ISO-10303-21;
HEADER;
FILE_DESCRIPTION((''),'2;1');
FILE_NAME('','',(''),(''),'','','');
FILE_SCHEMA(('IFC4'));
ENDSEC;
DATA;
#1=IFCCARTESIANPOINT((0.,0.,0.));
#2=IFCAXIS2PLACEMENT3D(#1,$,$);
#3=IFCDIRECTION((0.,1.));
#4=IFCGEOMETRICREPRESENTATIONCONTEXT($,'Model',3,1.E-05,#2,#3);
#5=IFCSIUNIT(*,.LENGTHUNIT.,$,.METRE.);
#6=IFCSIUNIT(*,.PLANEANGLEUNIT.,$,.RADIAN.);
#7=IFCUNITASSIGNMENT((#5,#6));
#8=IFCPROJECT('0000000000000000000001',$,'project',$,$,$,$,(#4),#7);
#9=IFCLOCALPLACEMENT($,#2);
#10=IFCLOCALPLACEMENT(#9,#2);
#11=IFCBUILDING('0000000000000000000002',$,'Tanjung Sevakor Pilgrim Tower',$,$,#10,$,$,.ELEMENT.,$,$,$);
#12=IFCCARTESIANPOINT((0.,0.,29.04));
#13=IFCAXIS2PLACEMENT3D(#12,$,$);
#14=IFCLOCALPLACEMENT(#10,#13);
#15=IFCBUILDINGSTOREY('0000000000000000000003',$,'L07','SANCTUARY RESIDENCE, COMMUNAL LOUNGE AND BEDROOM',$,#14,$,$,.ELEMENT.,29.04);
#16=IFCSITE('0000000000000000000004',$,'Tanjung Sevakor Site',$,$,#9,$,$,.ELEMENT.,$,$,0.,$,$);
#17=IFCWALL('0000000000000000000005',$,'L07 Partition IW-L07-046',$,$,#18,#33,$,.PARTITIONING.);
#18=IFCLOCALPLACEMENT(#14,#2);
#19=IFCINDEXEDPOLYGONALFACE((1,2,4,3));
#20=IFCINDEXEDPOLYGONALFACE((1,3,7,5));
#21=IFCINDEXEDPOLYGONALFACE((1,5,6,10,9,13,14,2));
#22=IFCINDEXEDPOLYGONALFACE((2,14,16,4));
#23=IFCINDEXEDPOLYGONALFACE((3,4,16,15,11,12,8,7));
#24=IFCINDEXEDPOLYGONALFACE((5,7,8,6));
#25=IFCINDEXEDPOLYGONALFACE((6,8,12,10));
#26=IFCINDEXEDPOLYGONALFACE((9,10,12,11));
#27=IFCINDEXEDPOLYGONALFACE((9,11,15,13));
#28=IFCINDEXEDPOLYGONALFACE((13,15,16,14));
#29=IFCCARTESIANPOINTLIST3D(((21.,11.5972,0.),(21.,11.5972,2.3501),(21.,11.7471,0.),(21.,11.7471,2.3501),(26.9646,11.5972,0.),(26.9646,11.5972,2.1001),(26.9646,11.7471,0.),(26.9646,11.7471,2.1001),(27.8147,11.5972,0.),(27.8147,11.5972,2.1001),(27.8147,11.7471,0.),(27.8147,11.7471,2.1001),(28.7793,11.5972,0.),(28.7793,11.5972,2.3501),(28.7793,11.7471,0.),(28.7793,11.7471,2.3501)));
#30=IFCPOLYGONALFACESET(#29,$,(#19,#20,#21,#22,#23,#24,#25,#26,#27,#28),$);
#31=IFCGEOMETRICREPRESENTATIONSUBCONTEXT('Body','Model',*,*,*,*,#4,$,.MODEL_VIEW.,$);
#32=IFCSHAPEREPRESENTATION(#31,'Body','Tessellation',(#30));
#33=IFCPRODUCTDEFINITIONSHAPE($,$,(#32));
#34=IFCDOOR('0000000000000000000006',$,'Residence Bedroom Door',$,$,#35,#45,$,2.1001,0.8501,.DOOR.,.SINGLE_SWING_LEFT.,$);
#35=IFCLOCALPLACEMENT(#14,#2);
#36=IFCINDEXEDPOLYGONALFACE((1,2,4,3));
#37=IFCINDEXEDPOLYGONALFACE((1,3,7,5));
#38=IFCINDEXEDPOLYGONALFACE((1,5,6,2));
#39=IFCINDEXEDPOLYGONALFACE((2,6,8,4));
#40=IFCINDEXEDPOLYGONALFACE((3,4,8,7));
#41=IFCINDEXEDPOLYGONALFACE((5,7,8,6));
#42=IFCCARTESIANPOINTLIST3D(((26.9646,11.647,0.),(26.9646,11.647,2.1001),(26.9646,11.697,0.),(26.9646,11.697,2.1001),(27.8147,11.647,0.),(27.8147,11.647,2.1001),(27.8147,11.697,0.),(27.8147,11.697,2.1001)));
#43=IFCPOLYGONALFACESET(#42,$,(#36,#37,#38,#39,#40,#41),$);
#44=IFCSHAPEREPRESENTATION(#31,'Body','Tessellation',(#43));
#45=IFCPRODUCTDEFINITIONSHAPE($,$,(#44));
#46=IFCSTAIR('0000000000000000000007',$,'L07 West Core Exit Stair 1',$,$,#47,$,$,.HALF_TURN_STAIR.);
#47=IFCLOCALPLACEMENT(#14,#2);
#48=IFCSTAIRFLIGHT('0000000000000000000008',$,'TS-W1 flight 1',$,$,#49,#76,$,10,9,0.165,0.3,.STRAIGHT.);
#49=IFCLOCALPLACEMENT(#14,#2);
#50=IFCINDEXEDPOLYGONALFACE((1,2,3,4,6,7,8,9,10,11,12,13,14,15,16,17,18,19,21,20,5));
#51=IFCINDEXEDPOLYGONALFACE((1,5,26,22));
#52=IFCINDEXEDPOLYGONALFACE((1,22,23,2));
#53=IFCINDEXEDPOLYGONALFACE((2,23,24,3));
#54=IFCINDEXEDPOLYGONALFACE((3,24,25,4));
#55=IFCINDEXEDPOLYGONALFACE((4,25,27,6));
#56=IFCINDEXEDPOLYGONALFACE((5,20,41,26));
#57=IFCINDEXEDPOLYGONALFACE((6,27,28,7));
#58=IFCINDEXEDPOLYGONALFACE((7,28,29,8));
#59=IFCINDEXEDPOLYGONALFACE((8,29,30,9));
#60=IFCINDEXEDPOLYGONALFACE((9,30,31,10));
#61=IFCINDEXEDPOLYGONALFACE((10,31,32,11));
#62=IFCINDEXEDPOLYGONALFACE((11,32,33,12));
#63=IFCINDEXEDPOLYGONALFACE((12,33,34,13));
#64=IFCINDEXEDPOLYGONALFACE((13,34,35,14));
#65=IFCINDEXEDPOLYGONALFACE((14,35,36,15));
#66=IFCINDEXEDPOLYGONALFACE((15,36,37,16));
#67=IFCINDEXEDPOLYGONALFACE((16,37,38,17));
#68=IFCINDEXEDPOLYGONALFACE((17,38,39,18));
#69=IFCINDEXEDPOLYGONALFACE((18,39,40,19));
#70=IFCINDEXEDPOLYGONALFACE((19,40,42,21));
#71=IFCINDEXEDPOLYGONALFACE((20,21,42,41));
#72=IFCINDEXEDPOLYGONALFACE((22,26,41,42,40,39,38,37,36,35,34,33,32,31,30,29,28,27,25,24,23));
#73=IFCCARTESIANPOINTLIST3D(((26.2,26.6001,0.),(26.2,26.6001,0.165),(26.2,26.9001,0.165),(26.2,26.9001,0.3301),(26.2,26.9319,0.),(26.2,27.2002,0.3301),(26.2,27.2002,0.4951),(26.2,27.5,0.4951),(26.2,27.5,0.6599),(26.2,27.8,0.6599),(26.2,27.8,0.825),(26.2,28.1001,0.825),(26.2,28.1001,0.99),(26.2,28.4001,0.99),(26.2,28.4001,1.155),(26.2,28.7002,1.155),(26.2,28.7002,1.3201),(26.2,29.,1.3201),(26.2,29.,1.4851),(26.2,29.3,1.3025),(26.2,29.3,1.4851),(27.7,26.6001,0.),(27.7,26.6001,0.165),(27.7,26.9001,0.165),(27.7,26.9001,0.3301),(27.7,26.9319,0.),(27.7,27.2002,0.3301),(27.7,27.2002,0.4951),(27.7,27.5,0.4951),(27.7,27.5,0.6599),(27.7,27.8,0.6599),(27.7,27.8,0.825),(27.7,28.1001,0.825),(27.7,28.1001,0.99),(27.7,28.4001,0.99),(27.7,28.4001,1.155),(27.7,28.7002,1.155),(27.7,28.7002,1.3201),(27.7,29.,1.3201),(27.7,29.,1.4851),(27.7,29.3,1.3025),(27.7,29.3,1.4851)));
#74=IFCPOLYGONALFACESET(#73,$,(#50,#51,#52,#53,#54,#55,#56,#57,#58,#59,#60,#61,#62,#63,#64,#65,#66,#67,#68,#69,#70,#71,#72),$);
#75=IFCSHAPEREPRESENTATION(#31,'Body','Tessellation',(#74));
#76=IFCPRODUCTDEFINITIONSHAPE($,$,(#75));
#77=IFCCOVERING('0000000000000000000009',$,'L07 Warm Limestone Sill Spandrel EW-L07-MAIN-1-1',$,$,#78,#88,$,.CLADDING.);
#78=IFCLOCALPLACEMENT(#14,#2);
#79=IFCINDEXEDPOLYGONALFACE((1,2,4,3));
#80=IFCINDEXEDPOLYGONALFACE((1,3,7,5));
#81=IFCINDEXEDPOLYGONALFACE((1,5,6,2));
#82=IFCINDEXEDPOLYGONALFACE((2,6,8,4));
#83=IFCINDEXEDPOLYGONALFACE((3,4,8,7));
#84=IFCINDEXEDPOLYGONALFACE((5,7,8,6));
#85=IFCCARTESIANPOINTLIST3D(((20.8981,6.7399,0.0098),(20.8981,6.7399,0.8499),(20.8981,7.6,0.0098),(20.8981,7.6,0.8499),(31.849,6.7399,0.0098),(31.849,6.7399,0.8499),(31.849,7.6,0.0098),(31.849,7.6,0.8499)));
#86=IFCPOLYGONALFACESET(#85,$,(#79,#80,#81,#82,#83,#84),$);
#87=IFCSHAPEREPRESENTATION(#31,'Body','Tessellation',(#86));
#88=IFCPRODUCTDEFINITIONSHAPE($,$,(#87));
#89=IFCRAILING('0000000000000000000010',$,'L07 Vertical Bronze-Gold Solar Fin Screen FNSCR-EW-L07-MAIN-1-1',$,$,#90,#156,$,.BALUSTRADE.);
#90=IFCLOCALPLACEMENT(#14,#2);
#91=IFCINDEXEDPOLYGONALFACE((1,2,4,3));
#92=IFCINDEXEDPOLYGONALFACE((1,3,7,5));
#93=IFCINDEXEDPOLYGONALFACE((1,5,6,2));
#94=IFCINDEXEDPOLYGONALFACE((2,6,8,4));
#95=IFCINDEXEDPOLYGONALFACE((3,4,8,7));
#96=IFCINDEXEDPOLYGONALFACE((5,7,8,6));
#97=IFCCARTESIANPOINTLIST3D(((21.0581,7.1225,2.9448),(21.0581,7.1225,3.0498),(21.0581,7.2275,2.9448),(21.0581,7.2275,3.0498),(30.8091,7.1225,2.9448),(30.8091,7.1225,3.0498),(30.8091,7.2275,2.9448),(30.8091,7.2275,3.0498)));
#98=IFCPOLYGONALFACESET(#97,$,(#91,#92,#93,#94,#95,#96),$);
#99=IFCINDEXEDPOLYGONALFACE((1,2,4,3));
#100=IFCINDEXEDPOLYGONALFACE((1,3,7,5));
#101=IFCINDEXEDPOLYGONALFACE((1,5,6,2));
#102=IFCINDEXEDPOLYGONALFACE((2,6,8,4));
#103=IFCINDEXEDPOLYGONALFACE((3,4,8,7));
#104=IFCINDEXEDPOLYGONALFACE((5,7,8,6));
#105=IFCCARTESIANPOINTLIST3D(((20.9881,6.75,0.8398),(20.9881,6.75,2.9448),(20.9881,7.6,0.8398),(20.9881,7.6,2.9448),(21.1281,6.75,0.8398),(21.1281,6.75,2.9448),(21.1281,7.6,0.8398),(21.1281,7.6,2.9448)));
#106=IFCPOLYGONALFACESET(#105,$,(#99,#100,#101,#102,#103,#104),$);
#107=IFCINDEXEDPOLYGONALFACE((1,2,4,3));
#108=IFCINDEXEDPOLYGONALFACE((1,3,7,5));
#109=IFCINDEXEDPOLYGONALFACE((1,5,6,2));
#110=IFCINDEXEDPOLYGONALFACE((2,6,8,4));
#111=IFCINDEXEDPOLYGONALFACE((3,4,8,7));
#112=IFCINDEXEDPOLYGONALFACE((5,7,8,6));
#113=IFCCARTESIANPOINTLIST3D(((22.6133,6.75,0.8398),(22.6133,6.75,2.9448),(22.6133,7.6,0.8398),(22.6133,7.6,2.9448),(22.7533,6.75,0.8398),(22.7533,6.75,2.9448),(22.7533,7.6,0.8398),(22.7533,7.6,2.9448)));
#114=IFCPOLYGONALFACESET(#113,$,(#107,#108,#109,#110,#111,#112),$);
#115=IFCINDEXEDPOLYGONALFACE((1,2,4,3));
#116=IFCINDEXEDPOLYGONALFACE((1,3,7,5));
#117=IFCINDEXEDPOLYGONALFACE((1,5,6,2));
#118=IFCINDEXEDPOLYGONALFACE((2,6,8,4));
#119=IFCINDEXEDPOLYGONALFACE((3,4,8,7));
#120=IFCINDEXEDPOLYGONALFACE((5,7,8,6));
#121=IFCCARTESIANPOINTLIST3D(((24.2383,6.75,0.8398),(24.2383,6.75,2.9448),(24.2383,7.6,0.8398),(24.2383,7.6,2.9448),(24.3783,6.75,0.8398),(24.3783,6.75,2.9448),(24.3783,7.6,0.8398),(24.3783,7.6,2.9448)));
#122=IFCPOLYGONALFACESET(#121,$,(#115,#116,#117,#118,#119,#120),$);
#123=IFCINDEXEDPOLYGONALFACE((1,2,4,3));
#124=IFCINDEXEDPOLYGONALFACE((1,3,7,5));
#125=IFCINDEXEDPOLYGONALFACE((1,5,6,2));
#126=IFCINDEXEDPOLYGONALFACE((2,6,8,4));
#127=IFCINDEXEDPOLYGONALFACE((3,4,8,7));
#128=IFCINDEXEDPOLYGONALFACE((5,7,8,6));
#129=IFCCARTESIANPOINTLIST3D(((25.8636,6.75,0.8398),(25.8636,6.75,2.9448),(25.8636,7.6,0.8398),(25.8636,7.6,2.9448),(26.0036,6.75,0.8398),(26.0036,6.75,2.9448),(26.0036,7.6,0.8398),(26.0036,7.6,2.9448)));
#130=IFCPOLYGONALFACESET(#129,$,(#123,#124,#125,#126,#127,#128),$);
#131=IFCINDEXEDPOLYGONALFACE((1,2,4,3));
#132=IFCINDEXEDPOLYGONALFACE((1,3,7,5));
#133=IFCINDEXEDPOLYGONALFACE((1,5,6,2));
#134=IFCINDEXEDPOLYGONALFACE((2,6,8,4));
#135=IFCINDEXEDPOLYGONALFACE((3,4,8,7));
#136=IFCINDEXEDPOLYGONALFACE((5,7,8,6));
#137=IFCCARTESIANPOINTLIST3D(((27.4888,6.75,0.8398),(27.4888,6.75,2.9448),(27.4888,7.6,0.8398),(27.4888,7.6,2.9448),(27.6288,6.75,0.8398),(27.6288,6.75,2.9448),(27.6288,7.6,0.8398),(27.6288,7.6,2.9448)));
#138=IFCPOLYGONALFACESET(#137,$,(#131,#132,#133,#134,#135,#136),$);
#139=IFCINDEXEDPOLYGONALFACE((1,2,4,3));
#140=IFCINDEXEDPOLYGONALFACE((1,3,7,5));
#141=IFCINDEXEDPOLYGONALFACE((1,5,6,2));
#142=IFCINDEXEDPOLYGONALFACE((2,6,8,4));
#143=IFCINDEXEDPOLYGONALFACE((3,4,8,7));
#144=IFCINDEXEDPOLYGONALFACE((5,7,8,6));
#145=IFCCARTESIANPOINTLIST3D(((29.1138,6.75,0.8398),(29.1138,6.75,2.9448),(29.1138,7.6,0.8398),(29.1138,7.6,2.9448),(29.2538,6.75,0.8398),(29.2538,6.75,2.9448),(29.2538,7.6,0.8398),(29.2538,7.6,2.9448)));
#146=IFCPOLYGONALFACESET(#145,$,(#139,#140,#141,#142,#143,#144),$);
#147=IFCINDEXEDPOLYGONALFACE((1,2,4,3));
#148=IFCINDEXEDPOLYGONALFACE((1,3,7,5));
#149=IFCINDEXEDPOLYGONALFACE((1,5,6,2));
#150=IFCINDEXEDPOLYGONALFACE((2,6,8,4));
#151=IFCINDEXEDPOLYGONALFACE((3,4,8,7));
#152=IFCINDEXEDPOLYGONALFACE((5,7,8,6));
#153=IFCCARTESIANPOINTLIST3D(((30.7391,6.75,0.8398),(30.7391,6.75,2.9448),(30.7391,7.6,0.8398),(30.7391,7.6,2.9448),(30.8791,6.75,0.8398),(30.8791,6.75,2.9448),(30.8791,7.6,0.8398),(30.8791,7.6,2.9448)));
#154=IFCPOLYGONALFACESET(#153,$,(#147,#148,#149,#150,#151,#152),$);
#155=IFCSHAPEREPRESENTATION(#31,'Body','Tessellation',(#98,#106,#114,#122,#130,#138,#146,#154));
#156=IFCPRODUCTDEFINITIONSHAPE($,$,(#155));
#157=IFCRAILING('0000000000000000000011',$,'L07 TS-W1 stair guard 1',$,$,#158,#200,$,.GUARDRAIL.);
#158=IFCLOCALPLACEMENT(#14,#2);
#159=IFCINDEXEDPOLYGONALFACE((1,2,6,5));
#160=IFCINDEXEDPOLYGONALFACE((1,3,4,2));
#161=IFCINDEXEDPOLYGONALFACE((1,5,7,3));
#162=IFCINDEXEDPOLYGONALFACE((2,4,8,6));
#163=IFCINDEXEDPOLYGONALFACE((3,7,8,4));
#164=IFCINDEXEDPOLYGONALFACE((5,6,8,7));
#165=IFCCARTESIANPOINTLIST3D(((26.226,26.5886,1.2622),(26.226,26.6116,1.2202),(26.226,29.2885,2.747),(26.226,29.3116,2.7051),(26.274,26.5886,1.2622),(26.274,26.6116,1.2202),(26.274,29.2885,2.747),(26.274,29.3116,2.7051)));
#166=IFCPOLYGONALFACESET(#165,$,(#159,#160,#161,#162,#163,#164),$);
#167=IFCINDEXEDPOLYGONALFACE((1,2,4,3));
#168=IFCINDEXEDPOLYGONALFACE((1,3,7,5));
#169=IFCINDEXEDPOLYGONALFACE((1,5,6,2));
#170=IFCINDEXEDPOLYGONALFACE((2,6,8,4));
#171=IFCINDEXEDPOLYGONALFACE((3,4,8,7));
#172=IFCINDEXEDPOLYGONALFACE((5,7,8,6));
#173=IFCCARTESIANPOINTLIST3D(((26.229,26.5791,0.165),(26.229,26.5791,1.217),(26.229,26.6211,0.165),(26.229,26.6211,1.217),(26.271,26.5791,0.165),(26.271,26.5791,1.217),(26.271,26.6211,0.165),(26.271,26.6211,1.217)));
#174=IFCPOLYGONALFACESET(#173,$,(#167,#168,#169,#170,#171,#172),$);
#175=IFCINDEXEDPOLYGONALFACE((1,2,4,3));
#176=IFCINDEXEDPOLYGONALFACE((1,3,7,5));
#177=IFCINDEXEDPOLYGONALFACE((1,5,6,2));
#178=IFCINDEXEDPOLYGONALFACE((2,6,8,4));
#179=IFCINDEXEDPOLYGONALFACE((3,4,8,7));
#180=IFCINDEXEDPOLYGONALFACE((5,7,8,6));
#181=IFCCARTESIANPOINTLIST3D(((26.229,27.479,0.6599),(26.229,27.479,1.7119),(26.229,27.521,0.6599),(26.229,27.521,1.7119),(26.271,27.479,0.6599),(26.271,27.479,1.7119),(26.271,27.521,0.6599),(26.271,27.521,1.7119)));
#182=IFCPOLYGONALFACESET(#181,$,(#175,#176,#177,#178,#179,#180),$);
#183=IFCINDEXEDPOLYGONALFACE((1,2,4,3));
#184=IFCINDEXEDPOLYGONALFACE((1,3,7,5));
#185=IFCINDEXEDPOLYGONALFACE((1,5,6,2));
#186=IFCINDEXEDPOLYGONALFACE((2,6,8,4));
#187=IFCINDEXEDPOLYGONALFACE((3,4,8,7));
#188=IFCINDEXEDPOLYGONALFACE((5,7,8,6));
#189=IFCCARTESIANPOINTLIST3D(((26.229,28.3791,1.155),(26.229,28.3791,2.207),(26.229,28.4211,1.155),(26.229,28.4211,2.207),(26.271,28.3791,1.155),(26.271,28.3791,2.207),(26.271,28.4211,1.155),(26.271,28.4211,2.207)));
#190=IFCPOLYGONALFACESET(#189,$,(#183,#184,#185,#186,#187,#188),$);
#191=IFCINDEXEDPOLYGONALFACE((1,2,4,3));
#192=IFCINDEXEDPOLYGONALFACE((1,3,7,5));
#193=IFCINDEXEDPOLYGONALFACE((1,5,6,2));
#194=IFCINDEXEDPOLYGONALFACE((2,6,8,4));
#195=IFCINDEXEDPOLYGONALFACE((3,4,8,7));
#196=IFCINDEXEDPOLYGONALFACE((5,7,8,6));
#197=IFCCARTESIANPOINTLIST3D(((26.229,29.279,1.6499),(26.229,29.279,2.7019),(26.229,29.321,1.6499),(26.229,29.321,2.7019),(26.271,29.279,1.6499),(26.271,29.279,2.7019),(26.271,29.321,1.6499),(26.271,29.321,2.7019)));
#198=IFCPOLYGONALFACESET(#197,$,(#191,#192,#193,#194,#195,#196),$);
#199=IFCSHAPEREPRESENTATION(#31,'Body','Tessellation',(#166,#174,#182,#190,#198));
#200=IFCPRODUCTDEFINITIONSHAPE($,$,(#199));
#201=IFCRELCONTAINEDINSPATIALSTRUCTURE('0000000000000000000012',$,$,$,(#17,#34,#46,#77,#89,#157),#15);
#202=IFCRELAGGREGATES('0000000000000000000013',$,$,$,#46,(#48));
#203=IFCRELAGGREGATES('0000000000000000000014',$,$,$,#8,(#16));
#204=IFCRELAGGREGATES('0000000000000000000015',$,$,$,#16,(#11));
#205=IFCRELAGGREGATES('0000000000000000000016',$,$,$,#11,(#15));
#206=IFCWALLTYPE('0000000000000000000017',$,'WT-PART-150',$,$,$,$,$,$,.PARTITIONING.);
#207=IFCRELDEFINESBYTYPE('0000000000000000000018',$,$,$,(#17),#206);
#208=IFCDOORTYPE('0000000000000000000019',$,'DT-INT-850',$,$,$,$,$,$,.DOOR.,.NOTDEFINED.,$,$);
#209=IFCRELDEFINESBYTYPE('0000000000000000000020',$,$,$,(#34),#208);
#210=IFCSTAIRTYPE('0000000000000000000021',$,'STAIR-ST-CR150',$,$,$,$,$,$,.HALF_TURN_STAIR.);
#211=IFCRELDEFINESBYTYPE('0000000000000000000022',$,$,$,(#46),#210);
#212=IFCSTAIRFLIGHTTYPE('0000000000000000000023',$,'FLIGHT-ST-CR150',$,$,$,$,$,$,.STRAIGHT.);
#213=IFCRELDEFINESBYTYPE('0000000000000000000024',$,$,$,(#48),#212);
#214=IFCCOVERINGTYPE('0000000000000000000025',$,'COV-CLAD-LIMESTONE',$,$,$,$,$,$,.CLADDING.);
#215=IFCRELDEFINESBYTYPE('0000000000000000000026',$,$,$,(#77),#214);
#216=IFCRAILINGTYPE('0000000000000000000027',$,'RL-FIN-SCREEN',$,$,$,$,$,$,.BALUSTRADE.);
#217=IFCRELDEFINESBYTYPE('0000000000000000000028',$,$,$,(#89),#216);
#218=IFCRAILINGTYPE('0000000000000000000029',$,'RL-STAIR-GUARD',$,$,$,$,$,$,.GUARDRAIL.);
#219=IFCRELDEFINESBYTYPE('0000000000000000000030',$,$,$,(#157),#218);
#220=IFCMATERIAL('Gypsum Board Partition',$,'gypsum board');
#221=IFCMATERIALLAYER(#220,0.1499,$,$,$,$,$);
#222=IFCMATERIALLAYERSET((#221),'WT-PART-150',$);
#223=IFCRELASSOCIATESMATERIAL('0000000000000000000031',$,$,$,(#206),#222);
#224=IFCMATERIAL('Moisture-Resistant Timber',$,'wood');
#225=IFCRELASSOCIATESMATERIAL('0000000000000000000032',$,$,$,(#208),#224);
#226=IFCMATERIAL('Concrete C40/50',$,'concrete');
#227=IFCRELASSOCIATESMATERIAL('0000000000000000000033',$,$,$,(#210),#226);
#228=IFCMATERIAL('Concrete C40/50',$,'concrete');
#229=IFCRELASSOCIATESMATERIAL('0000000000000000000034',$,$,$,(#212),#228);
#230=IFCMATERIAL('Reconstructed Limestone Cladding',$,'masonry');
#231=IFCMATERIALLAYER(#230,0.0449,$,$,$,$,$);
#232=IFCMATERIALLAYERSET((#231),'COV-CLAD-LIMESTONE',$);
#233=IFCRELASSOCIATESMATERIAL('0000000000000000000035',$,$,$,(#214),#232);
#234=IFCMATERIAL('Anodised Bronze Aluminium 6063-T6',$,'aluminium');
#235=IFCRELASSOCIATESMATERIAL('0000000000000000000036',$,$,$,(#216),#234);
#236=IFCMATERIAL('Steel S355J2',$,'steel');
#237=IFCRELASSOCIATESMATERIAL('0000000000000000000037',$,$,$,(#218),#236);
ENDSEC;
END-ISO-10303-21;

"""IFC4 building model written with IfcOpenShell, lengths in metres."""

from ifc_helpers import new_model, si_unit, direction, frame, frame_2d, origin, origin_2d, place, context, subcontext, project, spatial, polyline, rectangle, outline, extrude, material, layer, layer_set, type_object, element, fill, aggregate, save


model = new_model("IFC4")

# Units and contexts
model_context = context("Model", 3, precision=1e-05, world=origin(), true_north=direction((0.0, 1.0)))
body_context = subcontext(model_context, "Body", "Model", "MODEL_VIEW")
ifc_project = project(units=[si_unit("LENGTHUNIT", "METRE"), si_unit("PLANEANGLEUNIT", "RADIAN")], contexts=[model_context])

# Site, building, storey
site_placement = place(None, origin())
site = spatial("IfcSite", under=ifc_project, at=site_placement, Name="Tanjung Sevakor Site", CompositionType="ELEMENT", RefElevation=0.0)
building_placement = place(site_placement, origin())
building = spatial("IfcBuilding", under=site, at=building_placement, Name="Tanjung Sevakor Pilgrim Tower", CompositionType="ELEMENT")
storey_placement = place(building_placement, frame((0.0, 0.0, 29.04)))
storey = spatial("IfcBuildingStorey", under=building, at=storey_placement, Name="L07", Description="SANCTUARY RESIDENCE, COMMUNAL LOUNGE AND BEDROOM", CompositionType="ELEMENT", Elevation=29.04)

# Shared definitions
ifc_material_1 = material(Name="Gypsum Board Partition", Category="gypsum board")
ifc_layer_1 = layer(ifc_material_1, 0.1499)
ifc_layer_set_1 = layer_set([ifc_layer_1], Name="WT-PART-150")
wall_type_1 = type_object("IfcWallType", Name="WT-PART-150", PredefinedType="PARTITIONING", material=ifc_layer_set_1)

# Shared definitions
ifc_material_2 = material(Name="Moisture-Resistant Timber", Category="wood")
door_type_1 = type_object("IfcDoorType", Name="DT-INT-850", OperationType="NOTDEFINED", PredefinedType="DOOR", material=ifc_material_2)

# Wall, opening, door
wall_1_placement = place(storey_placement, frame((21.0, 11.6721, 0.0), z_axis=(0.0, 0.0, 1.0), x_axis=(1.0, 0.0, 0.0)))
wall_1 = element("IfcWall", 1, at=wall_1_placement, inside=storey, type_object=wall_type_1, Name="L07 Partition IW-L07-046", PredefinedType="PARTITIONING", context=body_context, shape_type="SweptSolid", body=[
    extrude(rectangle(XDim=7.7793, YDim=0.1499, at=frame_2d((3.8896, 0.0))), origin(), (0.0, 0.0, 1.0), 2.3501),
])
opening_1_placement = place(wall_1_placement, frame((5.9646, 0.0, 0.0)))
opening_1 = element("IfcOpeningElement", 2, at=opening_1_placement, cuts=wall_1, PredefinedType="OPENING", context=body_context, shape_type="SweptSolid", body=[
    extrude(rectangle(XDim=0.8501, YDim=2.1001, at=frame_2d((0.425, 1.05))), frame((0.0, 0.085, 0.0), z_axis=(0.0, -1.0, 0.0), x_axis=(1.0, 0.0, 0.0)), (0.0, 0.0, 1.0), 0.1699),
])
door_1_placement = place(opening_1_placement, origin())
door_1 = element("IfcDoor", 3, at=door_1_placement, inside=storey, type_object=door_type_1, Name="Residence Bedroom Door", OperationType="SINGLE_SWING_LEFT", OverallHeight=2.1001, OverallWidth=0.8501, PredefinedType="DOOR", context=body_context, shape_type="SweptSolid", body=[
    extrude(rectangle(XDim=0.8501, YDim=2.1001, at=frame_2d((0.425, 1.05))), frame((0.0, 0.0249, 0.0), z_axis=(0.0, -1.0, 0.0), x_axis=(1.0, 0.0, 0.0)), (0.0, 0.0, 1.0), 0.05),
])
fill(opening_1, door_1)

# Stair, stair flight
ifc_material_3 = material(Name="Concrete C40/50", Category="concrete")
stair_type = type_object("IfcStairType", Name="STAIR-ST-CR150", PredefinedType="HALF_TURN_STAIR", material=ifc_material_3)
stair_placement = place(storey_placement, origin())
stair = element("IfcStair", 4, at=stair_placement, inside=storey, type_object=stair_type, Name="L07 West Core Exit Stair 1", PredefinedType="HALF_TURN_STAIR")
ifc_material_4 = material(Name="Concrete C40/50", Category="concrete")
stair_flight_type = type_object("IfcStairFlightType", Name="FLIGHT-ST-CR150", PredefinedType="STRAIGHT", material=ifc_material_4)
stair_flight_placement = place(storey_placement, frame((26.95, 26.6001, 0.0), z_axis=(0.0, 0.0, 1.0), x_axis=(0.0, 1.0, 0.0)))
stair_flight = element("IfcStairFlight", 5, at=stair_flight_placement, type_object=stair_flight_type, Name="TS-W1 flight 1", NumberOfRisers=10, NumberOfTreads=9, PredefinedType="STRAIGHT", RiserHeight=0.165, TreadLength=0.3, context=body_context, shape_type="SweptSolid", body=[
    extrude(outline(polyline([(0.0, 0.0), (0.0, 0.165), (0.3, 0.165), (0.3, 0.3301), (0.6001, 0.3301), (0.6001, 0.4951), (0.8999, 0.4951), (0.8999, 0.6599), (1.2, 0.6599), (1.2, 0.825), (1.5, 0.825), (1.5, 0.99), (1.8, 0.99), (1.8, 1.155), (2.1001, 1.155), (2.1001, 1.3201), (2.3999, 1.3201), (2.3999, 1.4851), (2.7, 1.4851), (2.7, 1.6499), (2.7, 1.3025), (0.3318, 0.0), (0.0, 0.0)])), frame((0.0, 0.75, 0.0), z_axis=(0.0, -1.0, 0.0), x_axis=(1.0, 0.0, 0.0)), (0.0, 0.0, 1.0), 1.5),
])
aggregate(stair, [stair_flight])

# Covering
ifc_material_5 = material(Name="Reconstructed Limestone Cladding", Category="masonry")
ifc_layer_2 = layer(ifc_material_5, 0.0449)
ifc_layer_set_2 = layer_set([ifc_layer_2], Name="COV-CLAD-LIMESTONE")
covering_type = type_object("IfcCoveringType", Name="COV-CLAD-LIMESTONE", PredefinedType="CLADDING", material=ifc_layer_set_2)
covering_placement = place(storey_placement, frame((26.3735, 7.1699, 0.0098), z_axis=(0.0, 0.0, 1.0), x_axis=(1.0, 0.0, 0.0)))
element("IfcCovering", 6, at=covering_placement, inside=storey, type_object=covering_type, Name="L07 Warm Limestone Sill Spandrel EW-L07-MAIN-1-1", PredefinedType="CLADDING", context=body_context, shape_type="SweptSolid", body=[
    extrude(rectangle(XDim=10.9509, YDim=0.8601, at=origin_2d()), origin(), (0.0, 0.0, 1.0), 0.8401),
])

# Railings
ifc_material_6 = material(Name="Anodised Bronze Aluminium 6063-T6", Category="aluminium")
railing_type_1 = type_object("IfcRailingType", Name="RL-FIN-SCREEN", PredefinedType="BALUSTRADE", material=ifc_material_6)
railing_1_placement = place(storey_placement, frame((21.0581, 7.175, 0.8398)))
element("IfcRailing", 7, at=railing_1_placement, inside=storey, type_object=railing_type_1, Name="L07 Vertical Bronze-Gold Solar Fin Screen FNSCR-EW-L07-MAIN-1-1", PredefinedType="BALUSTRADE", context=body_context, shape_type="SweptSolid", body=[
    extrude(rectangle(XDim=0.105, YDim=0.105), frame((0.0, 0.0, 2.1575), z_axis=(1.0, 0.0, 0.0), x_axis=(0.0, 1.0, 0.0)), (0.0, 0.0, 1.0), 9.751),
    extrude(rectangle(XDim=0.14, YDim=0.85), origin(), (0.0, 0.0, 1.0), 2.105),
    extrude(rectangle(XDim=0.14, YDim=0.85), frame((1.6252, 0.0, 0.0)), (0.0, 0.0, 1.0), 2.105),
    extrude(rectangle(XDim=0.14, YDim=0.85), frame((3.2502, 0.0, 0.0)), (0.0, 0.0, 1.0), 2.105),
    extrude(rectangle(XDim=0.14, YDim=0.85), frame((4.8755, 0.0, 0.0)), (0.0, 0.0, 1.0), 2.105),
    extrude(rectangle(XDim=0.14, YDim=0.85), frame((6.5007, 0.0, 0.0)), (0.0, 0.0, 1.0), 2.105),
    extrude(rectangle(XDim=0.14, YDim=0.85), frame((8.1257, 0.0, 0.0)), (0.0, 0.0, 1.0), 2.105),
    extrude(rectangle(XDim=0.14, YDim=0.85), frame((9.751, 0.0, 0.0)), (0.0, 0.0, 1.0), 2.105),
])
ifc_material_7 = material(Name="Steel S355J2", Category="steel")
railing_type_2 = type_object("IfcRailingType", Name="RL-STAIR-GUARD", PredefinedType="GUARDRAIL", material=ifc_material_7)
railing_2_placement = place(storey_placement, frame((26.25, 26.6001, 0.165)))
element("IfcRailing", 8, at=railing_2_placement, inside=storey, type_object=railing_type_2, Name="L07 TS-W1 stair guard 1", PredefinedType="GUARDRAIL", context=body_context, shape_type="SweptSolid", body=[
    extrude(rectangle(XDim=0.0479, YDim=0.0479), frame((0.0, 0.0, 1.0762), z_axis=(0.0, 0.876231, 0.481891), x_axis=(-1.0, 0.0, 0.0)), (0.0, 0.0, 1.0), 3.0813),
    extrude(rectangle(XDim=0.042, YDim=0.042), origin(), (0.0, 0.0, 1.0), 1.052),
    extrude(rectangle(XDim=0.042, YDim=0.042), frame((0.0, 0.8999, 0.4949)), (0.0, 0.0, 1.0), 1.052),
    extrude(rectangle(XDim=0.042, YDim=0.042), frame((0.0, 1.8, 0.99)), (0.0, 0.0, 1.0), 1.052),
    extrude(rectangle(XDim=0.042, YDim=0.042), frame((0.0, 2.7, 1.4849)), (0.0, 0.0, 1.0), 1.052),
])

save(model, "model.ifc")
